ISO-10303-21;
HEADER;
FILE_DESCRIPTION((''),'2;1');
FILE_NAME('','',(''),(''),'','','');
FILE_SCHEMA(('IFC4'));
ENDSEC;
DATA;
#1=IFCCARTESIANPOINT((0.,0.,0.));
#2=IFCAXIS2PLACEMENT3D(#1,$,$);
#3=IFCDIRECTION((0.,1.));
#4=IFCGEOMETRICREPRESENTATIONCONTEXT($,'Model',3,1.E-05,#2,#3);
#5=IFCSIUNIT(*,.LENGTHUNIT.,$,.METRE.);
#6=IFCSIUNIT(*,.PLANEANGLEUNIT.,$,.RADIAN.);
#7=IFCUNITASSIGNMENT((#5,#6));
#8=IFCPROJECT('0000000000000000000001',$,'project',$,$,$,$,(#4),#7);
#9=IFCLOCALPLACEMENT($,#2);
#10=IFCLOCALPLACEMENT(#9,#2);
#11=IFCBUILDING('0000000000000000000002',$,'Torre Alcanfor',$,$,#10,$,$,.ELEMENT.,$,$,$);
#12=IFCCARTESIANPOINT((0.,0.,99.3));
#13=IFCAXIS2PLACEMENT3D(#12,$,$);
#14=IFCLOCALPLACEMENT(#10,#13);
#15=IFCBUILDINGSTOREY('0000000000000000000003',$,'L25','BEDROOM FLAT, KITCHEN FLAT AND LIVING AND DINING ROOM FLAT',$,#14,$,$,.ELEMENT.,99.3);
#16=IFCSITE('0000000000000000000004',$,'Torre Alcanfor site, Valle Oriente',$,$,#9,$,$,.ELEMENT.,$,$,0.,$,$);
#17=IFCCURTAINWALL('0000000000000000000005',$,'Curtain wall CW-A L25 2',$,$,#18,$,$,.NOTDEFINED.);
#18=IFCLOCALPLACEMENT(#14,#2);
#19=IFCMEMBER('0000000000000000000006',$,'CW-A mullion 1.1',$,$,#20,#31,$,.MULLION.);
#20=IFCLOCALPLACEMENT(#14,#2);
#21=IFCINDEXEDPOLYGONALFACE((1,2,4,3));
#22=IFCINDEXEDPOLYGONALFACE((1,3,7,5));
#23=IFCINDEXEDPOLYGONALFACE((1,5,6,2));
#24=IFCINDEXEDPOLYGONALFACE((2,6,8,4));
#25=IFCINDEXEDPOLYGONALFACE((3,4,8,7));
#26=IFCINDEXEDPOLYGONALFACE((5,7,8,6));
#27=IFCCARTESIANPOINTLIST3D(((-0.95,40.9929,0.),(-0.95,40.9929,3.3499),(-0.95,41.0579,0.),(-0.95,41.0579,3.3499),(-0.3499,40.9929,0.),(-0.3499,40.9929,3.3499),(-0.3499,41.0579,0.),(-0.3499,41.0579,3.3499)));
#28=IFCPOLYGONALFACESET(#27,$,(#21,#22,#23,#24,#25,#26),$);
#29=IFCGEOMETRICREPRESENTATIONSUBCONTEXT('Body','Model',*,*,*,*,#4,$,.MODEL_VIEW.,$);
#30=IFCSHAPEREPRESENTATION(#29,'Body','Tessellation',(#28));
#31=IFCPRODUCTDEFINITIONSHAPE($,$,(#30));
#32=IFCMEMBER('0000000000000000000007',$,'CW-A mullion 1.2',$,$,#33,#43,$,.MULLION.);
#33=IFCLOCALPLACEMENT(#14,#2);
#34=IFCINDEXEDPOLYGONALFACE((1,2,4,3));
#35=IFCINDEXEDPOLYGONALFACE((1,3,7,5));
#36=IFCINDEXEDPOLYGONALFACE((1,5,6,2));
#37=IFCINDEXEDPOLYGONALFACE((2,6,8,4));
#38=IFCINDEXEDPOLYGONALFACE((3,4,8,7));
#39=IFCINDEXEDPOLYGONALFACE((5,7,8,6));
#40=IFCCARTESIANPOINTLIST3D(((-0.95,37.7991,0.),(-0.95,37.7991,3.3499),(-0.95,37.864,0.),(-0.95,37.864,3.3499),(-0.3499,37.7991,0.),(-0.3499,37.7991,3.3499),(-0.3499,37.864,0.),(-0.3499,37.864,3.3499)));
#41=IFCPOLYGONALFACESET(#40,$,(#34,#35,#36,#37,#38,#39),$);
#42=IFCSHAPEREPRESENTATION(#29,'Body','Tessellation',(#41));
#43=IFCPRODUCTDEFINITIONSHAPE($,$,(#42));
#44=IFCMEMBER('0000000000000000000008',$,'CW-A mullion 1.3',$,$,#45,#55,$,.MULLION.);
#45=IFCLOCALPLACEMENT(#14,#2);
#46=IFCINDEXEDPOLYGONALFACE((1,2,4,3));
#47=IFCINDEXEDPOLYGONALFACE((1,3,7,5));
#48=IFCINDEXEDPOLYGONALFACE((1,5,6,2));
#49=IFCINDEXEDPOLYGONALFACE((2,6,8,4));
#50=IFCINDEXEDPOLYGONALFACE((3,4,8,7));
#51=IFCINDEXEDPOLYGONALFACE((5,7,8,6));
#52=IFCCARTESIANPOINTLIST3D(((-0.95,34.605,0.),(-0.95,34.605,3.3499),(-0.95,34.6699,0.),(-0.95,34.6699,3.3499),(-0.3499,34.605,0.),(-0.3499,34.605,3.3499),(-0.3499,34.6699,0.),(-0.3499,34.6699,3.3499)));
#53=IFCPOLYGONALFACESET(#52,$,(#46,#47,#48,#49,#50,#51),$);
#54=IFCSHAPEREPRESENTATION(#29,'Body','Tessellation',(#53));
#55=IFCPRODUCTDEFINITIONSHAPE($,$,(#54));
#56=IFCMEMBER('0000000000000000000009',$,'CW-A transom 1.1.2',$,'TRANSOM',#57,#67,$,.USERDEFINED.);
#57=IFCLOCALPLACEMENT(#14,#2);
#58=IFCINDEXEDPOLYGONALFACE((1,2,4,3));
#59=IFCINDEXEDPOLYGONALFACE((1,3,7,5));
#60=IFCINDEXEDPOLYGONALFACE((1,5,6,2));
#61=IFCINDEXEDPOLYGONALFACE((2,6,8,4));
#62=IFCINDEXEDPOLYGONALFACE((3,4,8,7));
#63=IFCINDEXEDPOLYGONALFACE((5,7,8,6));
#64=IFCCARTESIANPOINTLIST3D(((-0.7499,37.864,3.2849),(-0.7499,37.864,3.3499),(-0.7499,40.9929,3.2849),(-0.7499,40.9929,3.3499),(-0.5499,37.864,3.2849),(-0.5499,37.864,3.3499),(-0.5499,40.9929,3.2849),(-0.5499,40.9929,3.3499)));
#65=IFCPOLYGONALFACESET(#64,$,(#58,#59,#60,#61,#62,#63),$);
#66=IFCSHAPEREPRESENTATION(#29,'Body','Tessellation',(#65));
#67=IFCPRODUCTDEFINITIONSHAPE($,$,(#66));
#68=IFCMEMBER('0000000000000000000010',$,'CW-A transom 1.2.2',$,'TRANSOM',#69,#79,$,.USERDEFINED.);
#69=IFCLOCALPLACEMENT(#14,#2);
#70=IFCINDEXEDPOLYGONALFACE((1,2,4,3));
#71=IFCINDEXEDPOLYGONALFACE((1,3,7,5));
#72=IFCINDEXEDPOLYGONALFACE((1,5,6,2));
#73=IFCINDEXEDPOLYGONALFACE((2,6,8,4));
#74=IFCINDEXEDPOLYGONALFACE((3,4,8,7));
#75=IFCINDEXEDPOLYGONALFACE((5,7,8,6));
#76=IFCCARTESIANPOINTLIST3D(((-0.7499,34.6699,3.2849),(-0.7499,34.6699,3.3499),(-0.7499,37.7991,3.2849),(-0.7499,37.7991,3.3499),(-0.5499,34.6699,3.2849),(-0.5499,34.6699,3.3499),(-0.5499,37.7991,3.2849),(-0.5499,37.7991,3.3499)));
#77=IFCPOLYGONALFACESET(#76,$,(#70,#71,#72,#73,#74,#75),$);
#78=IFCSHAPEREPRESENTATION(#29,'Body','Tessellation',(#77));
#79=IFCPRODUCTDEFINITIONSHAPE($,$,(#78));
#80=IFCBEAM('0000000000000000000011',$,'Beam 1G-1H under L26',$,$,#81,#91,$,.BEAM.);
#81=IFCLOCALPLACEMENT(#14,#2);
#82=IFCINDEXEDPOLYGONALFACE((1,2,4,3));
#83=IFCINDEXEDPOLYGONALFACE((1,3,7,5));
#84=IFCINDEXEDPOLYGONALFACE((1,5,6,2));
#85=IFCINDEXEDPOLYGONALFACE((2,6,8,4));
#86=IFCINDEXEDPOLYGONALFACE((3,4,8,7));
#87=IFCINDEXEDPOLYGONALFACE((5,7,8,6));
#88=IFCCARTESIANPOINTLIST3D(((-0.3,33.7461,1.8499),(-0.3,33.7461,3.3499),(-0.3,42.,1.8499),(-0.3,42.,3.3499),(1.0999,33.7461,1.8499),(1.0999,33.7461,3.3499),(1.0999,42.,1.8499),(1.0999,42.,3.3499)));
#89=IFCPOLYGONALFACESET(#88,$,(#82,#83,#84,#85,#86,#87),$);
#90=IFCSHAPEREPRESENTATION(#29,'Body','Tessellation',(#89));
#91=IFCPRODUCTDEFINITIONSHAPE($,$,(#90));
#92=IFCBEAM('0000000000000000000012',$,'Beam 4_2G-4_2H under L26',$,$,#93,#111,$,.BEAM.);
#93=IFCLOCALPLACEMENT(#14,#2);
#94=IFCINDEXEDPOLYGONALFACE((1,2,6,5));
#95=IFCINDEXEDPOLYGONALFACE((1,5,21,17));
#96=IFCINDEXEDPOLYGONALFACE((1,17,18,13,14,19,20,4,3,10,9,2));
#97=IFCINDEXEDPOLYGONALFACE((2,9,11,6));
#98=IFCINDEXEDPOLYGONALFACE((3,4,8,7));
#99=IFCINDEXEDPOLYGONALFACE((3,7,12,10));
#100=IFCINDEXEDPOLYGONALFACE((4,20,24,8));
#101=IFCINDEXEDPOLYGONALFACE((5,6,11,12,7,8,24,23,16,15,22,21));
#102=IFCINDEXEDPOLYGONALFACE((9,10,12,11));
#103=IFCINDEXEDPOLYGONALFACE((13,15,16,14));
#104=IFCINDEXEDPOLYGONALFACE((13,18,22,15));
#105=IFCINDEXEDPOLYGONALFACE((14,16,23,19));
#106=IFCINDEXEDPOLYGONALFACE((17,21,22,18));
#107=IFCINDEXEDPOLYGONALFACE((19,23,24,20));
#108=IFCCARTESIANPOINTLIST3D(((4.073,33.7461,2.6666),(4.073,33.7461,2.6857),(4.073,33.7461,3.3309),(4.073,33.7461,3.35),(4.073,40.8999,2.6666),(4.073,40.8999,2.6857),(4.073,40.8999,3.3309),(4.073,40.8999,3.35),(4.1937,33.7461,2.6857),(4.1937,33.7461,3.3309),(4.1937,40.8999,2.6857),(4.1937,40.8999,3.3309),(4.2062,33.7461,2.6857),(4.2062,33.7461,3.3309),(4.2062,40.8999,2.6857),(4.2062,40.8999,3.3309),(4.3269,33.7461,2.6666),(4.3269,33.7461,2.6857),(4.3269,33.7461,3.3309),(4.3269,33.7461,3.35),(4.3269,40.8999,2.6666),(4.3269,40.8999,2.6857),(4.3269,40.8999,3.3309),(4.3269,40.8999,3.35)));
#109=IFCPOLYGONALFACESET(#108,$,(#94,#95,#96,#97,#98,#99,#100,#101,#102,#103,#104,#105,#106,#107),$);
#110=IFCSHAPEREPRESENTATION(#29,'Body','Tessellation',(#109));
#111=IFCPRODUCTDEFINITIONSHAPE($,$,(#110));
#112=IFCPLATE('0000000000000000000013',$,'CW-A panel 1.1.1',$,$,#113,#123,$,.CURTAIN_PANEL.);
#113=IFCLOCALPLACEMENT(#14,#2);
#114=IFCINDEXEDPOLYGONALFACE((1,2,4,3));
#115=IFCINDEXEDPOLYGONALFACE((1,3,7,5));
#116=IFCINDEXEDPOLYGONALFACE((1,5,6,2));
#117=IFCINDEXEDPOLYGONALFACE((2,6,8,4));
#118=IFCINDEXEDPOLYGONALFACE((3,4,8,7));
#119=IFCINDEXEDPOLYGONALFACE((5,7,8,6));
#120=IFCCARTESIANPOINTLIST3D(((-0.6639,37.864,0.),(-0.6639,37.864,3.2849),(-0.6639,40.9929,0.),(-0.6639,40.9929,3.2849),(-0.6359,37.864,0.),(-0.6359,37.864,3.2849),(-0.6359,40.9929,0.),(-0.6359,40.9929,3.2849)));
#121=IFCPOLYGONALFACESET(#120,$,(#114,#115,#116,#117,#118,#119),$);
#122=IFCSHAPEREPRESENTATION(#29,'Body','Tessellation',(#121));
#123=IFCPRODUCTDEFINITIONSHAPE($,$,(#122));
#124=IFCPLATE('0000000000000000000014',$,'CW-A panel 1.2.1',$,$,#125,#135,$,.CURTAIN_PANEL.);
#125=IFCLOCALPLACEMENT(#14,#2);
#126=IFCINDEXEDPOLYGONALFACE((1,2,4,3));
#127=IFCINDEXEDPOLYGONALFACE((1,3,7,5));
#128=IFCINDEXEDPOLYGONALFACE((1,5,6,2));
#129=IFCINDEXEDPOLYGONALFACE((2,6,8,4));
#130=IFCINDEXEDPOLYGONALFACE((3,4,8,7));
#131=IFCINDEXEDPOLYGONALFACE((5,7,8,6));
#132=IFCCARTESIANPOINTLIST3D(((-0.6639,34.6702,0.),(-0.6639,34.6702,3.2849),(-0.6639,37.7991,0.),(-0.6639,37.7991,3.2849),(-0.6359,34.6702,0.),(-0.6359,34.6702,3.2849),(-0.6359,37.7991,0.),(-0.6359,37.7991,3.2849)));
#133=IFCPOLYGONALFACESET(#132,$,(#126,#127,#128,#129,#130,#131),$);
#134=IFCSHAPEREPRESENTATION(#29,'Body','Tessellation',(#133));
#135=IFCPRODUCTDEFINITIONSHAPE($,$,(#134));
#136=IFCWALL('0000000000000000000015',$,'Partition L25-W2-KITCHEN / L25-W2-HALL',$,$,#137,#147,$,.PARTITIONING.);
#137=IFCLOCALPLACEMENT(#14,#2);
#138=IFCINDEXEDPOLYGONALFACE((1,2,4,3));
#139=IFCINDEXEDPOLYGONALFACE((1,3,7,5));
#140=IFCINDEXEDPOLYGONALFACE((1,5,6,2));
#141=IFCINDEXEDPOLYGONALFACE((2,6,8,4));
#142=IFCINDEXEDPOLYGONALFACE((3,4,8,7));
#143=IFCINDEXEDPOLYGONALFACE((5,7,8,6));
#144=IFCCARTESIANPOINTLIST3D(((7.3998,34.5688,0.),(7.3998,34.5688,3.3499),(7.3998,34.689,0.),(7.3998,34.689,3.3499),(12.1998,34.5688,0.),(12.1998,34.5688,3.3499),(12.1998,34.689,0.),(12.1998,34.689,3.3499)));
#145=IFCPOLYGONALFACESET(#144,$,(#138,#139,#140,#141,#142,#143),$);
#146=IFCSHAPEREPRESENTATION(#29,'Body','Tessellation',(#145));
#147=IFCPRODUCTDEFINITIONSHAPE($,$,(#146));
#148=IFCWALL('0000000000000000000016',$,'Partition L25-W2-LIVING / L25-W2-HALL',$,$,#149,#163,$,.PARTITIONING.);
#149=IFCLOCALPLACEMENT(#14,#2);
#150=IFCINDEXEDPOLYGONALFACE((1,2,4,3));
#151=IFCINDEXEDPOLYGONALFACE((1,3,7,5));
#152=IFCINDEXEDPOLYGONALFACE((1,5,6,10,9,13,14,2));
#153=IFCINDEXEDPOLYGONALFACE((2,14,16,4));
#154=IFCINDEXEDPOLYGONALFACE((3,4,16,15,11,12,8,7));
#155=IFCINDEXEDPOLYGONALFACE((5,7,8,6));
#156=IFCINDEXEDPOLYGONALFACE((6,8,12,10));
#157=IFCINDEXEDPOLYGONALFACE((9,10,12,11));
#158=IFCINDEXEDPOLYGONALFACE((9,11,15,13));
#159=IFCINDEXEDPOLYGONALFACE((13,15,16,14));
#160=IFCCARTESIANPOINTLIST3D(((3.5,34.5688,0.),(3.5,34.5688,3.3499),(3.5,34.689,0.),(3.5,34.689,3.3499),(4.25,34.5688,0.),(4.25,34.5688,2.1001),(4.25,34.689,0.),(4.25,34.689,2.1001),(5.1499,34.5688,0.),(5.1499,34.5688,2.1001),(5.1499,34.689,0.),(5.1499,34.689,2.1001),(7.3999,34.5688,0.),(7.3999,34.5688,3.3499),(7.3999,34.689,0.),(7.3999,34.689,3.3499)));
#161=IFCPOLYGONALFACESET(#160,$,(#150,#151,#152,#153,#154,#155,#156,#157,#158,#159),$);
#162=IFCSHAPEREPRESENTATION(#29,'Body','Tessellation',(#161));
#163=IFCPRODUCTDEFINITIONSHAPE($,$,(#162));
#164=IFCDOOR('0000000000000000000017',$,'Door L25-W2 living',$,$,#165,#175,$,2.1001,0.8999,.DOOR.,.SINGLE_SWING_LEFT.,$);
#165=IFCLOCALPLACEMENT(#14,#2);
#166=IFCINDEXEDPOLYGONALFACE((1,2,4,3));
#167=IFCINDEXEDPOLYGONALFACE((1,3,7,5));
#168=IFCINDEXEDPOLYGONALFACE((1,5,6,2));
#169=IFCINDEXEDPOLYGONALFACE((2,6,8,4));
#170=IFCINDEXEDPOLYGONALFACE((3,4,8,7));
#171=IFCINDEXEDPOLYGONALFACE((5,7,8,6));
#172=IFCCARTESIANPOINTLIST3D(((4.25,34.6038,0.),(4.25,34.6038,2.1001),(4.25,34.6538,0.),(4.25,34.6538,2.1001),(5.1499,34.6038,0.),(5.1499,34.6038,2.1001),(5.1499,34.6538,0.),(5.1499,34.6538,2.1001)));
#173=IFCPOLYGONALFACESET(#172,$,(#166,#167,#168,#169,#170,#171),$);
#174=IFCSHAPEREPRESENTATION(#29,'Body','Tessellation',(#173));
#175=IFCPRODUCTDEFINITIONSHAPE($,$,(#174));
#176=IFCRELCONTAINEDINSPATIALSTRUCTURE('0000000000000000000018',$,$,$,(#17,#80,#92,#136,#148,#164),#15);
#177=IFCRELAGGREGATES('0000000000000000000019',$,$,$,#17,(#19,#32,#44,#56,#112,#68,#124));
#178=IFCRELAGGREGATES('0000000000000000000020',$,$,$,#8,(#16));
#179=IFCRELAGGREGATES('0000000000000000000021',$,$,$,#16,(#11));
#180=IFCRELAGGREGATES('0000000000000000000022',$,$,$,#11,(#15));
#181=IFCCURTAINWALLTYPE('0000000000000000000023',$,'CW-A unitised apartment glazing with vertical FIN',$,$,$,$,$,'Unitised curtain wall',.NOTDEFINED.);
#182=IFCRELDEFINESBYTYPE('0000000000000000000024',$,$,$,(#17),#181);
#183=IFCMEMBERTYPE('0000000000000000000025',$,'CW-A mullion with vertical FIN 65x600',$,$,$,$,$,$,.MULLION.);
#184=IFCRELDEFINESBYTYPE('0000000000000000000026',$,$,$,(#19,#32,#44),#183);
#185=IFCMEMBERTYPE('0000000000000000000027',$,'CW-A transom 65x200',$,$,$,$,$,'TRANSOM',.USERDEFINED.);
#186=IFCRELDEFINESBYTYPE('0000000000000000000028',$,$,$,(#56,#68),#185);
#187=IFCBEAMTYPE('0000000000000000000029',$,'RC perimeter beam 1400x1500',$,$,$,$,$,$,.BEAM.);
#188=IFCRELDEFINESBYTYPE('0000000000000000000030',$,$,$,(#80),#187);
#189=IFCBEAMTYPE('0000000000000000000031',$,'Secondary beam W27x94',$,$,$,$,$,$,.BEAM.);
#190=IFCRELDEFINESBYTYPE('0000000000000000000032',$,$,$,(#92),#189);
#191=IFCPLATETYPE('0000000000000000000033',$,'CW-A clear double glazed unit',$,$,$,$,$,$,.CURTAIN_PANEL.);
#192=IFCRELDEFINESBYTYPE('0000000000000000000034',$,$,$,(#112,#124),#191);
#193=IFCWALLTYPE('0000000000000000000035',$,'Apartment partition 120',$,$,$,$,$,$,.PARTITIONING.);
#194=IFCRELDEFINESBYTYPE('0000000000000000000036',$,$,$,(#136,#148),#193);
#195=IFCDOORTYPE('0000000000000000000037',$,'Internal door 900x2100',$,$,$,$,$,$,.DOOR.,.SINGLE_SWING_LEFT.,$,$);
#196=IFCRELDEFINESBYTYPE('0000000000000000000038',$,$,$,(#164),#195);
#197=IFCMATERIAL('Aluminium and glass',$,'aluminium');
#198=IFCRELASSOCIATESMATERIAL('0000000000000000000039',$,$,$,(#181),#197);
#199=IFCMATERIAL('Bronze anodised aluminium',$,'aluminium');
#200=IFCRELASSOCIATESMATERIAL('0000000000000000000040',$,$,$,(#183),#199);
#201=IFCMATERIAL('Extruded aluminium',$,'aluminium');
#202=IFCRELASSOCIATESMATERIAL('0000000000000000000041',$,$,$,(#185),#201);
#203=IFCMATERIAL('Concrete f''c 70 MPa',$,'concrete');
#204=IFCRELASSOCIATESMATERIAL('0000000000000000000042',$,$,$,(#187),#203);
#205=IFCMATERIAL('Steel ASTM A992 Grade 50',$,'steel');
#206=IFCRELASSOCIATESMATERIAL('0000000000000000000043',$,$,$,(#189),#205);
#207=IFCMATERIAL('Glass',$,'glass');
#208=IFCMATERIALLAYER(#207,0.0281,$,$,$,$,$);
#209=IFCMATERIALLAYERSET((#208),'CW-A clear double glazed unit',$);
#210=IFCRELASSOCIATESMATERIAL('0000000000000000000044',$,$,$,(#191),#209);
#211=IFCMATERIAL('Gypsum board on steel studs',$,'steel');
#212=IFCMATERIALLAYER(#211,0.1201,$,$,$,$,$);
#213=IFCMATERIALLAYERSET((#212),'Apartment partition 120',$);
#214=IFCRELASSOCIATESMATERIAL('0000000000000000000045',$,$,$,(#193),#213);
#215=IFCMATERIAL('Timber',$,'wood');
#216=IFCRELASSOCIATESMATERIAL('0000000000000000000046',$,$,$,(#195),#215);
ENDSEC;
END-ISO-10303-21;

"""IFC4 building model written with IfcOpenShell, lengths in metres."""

from ifc_helpers import new_model, si_unit, direction, frame, frame_2d, origin, origin_2d, place, context, subcontext, project, spatial, rectangle, i_section, extrude, material, layer, layer_set, material_profile, profile_set, type_object, element, fill, aggregate, save


model = new_model("IFC4")

# Units and contexts
model_context = context("Model", 3, precision=1e-05, world=origin(), true_north=direction((0.0, 1.0)))
body_context = subcontext(model_context, "Body", "Model", "MODEL_VIEW")
ifc_project = project(units=[si_unit("LENGTHUNIT", "METRE"), si_unit("PLANEANGLEUNIT", "RADIAN")], contexts=[model_context])

# Site, building, storey
site_placement = place(None, origin())
site = spatial("IfcSite", under=ifc_project, at=site_placement, Name="Torre Alcanfor site, Valle Oriente", CompositionType="ELEMENT", RefElevation=0.0)
building_placement = place(site_placement, origin())
building = spatial("IfcBuilding", under=site, at=building_placement, Name="Torre Alcanfor", CompositionType="ELEMENT")
storey_placement = place(building_placement, frame((0.0, 0.0, 99.3)))
storey = spatial("IfcBuildingStorey", under=building, at=storey_placement, Name="L25", Description="BEDROOM FLAT, KITCHEN FLAT AND LIVING AND DINING ROOM FLAT", CompositionType="ELEMENT", Elevation=99.3)

# Curtain wall, members
ifc_material_1 = material(Name="Aluminium and glass", Category="aluminium")
curtain_wall_type = type_object("IfcCurtainWallType", Name="CW-A unitised apartment glazing with vertical FIN", ElementType="Unitised curtain wall", PredefinedType="NOTDEFINED", material=ifc_material_1)
curtain_wall_placement = place(storey_placement, origin())
curtain_wall = element("IfcCurtainWall", 1, at=curtain_wall_placement, inside=storey, type_object=curtain_wall_type, Name="Curtain wall CW-A L25 2", PredefinedType="NOTDEFINED")
ifc_material_2 = material(Name="Bronze anodised aluminium", Category="aluminium")
ifc_material_profile_1 = material_profile(ifc_material_2, rectangle(XDim=0.6001, YDim=0.0649, at=origin_2d()), Name="CW-A mullion 65x600")
ifc_profile_set_1 = profile_set([ifc_material_profile_1], Name="Bronze anodised aluminium")
member_type_1 = type_object("IfcMemberType", Name="CW-A mullion with vertical FIN 65x600", PredefinedType="MULLION", material=ifc_profile_set_1)
member_1_placement = place(storey_placement, frame((-0.6499, 41.0254, 0.0), z_axis=(0.0, 0.0, 1.0), x_axis=(1.0, 0.0, 0.0)))
member_1 = element("IfcMember", 2, at=member_1_placement, type_object=member_type_1, Name="CW-A mullion 1.1", PredefinedType="MULLION", context=body_context, shape_type="SweptSolid", body=[
    extrude(rectangle(XDim=0.6001, YDim=0.0649, at=origin_2d()), origin(), (0.0, 0.0, 1.0), 3.3499),
])
member_2_placement = place(storey_placement, frame((-0.6499, 37.8315, 0.0), z_axis=(0.0, 0.0, 1.0), x_axis=(1.0, 0.0, 0.0)))
member_2 = element("IfcMember", 3, at=member_2_placement, type_object=member_type_1, Name="CW-A mullion 1.2", PredefinedType="MULLION", context=body_context, shape_type="SweptSolid", body=[
    extrude(rectangle(XDim=0.6001, YDim=0.0649, at=origin_2d()), origin(), (0.0, 0.0, 1.0), 3.3499),
])
member_3_placement = place(storey_placement, frame((-0.6499, 34.6375, 0.0), z_axis=(0.0, 0.0, 1.0), x_axis=(1.0, 0.0, 0.0)))
member_3 = element("IfcMember", 4, at=member_3_placement, type_object=member_type_1, Name="CW-A mullion 1.3", PredefinedType="MULLION", context=body_context, shape_type="SweptSolid", body=[
    extrude(rectangle(XDim=0.6001, YDim=0.0649, at=origin_2d()), origin(), (0.0, 0.0, 1.0), 3.3499),
])
ifc_material_3 = material(Name="Extruded aluminium", Category="aluminium")
ifc_material_profile_2 = material_profile(ifc_material_3, rectangle(XDim=0.2, YDim=0.0649, at=origin_2d()), Name="CW-A transom 200x65")
ifc_profile_set_2 = profile_set([ifc_material_profile_2], Name="Extruded aluminium")
member_type_2 = type_object("IfcMemberType", Name="CW-A transom 65x200", ElementType="TRANSOM", PredefinedType="USERDEFINED", material=ifc_profile_set_2)
member_4_placement = place(storey_placement, frame((-0.6499, 40.9929, 3.3174), z_axis=(0.0, -1.0, 0.0), x_axis=(1.0, 0.0, 0.0)))
member_4 = element("IfcMember", 5, at=member_4_placement, type_object=member_type_2, Name="CW-A transom 1.1.2", ObjectType="TRANSOM", PredefinedType="USERDEFINED", context=body_context, shape_type="SweptSolid", body=[
    extrude(rectangle(XDim=0.2, YDim=0.0649, at=origin_2d()), origin(), (0.0, 0.0, 1.0), 3.1289),
])
member_5_placement = place(storey_placement, frame((-0.6499, 37.7991, 3.3174), z_axis=(0.0, -1.0, 0.0), x_axis=(1.0, 0.0, 0.0)))
member_5 = element("IfcMember", 6, at=member_5_placement, type_object=member_type_2, Name="CW-A transom 1.2.2", ObjectType="TRANSOM", PredefinedType="USERDEFINED", context=body_context, shape_type="SweptSolid", body=[
    extrude(rectangle(XDim=0.2, YDim=0.0649, at=origin_2d()), origin(), (0.0, 0.0, 1.0), 3.1292),
])

# Beams
ifc_material_4 = material(Name="Concrete f'c 70 MPa", Category="concrete")
ifc_material_profile_3 = material_profile(ifc_material_4, rectangle(XDim=1.3999, YDim=1.5, at=origin_2d()), Name="1400x1500")
ifc_profile_set_3 = profile_set([ifc_material_profile_3], Name="Concrete f'c 70 MPa")
beam_type_1 = type_object("IfcBeamType", Name="RC perimeter beam 1400x1500", PredefinedType="BEAM", material=ifc_profile_set_3)
beam_1_placement = place(storey_placement, frame((0.3999, 33.7461, 2.5999), z_axis=(0.0, 1.0, 0.0), x_axis=(-1.0, 0.0, 0.0)))
element("IfcBeam", 7, at=beam_1_placement, inside=storey, type_object=beam_type_1, Name="Beam 1G-1H under L26", PredefinedType="BEAM", context=body_context, shape_type="SweptSolid", body=[
    extrude(rectangle(XDim=1.3999, YDim=1.5, at=origin_2d()), origin(), (0.0, 0.0, 1.0), 8.2539),
])
ifc_material_5 = material(Name="Steel ASTM A992 Grade 50", Category="steel")
ifc_material_profile_4 = material_profile(ifc_material_5, i_section(OverallWidth=0.2539, OverallDepth=0.6833, WebThickness=0.0125, FlangeThickness=0.019, at=origin_2d()), Name="W27x94")
ifc_profile_set_4 = profile_set([ifc_material_profile_4], Name="Steel ASTM A992 Grade 50")
beam_type_2 = type_object("IfcBeamType", Name="Secondary beam W27x94", PredefinedType="BEAM", material=ifc_profile_set_4)
beam_2_placement = place(storey_placement, frame((4.2, 33.7461, 3.0083), z_axis=(0.0, 1.0, 0.0), x_axis=(-1.0, 0.0, 0.0)))
element("IfcBeam", 8, at=beam_2_placement, inside=storey, type_object=beam_type_2, Name="Beam 4_2G-4_2H under L26", PredefinedType="BEAM", context=body_context, shape_type="SweptSolid", body=[
    extrude(i_section(OverallWidth=0.2539, OverallDepth=0.6833, WebThickness=0.0125, FlangeThickness=0.019, at=origin_2d()), origin(), (0.0, 0.0, 1.0), 7.1538),
])

# Plates
ifc_material_6 = material(Name="Glass", Category="glass")
ifc_layer_1 = layer(ifc_material_6, 0.0281)
ifc_layer_set_1 = layer_set([ifc_layer_1], Name="CW-A clear double glazed unit")
plate_type = type_object("IfcPlateType", Name="CW-A clear double glazed unit", PredefinedType="CURTAIN_PANEL", material=ifc_layer_set_1)
plate_1_placement = place(storey_placement, frame((-0.6499, 39.4285, 0.0), z_axis=(0.0, 0.0, 1.0), x_axis=(0.0, -1.0, 0.0)))
plate_1 = element("IfcPlate", 9, at=plate_1_placement, type_object=plate_type, Name="CW-A panel 1.1.1", PredefinedType="CURTAIN_PANEL", context=body_context, shape_type="SweptSolid", body=[
    extrude(rectangle(XDim=3.1289, YDim=0.0281, at=origin_2d()), origin(), (0.0, 0.0, 1.0), 3.2849),
])
plate_2_placement = place(storey_placement, frame((-0.6499, 36.2346, 0.0), z_axis=(0.0, 0.0, 1.0), x_axis=(0.0, -1.0, 0.0)))
plate_2 = element("IfcPlate", 10, at=plate_2_placement, type_object=plate_type, Name="CW-A panel 1.2.1", PredefinedType="CURTAIN_PANEL", context=body_context, shape_type="SweptSolid", body=[
    extrude(rectangle(XDim=3.1289, YDim=0.0281, at=origin_2d()), origin(), (0.0, 0.0, 1.0), 3.2849),
])
aggregate(curtain_wall, [member_1, member_2, member_3, member_4, plate_1, member_5, plate_2])

# Wall
ifc_material_7 = material(Name="Gypsum board on steel studs", Category="steel")
ifc_layer_2 = layer(ifc_material_7, 0.1201)
ifc_layer_set_2 = layer_set([ifc_layer_2], Name="Apartment partition 120")
wall_type_1 = type_object("IfcWallType", Name="Apartment partition 120", PredefinedType="PARTITIONING", material=ifc_layer_set_2)
wall_1_placement = place(storey_placement, frame((7.3999, 34.6289, 0.0), z_axis=(0.0, 0.0, 1.0), x_axis=(1.0, 0.0, 0.0)))
element("IfcWall", 11, at=wall_1_placement, inside=storey, type_object=wall_type_1, Name="Partition L25-W2-KITCHEN / L25-W2-HALL", PredefinedType="PARTITIONING", context=body_context, shape_type="SweptSolid", body=[
    extrude(rectangle(XDim=4.8, YDim=0.1201, at=frame_2d((2.3999, 0.0))), origin(), (0.0, 0.0, 1.0), 3.3499),
])

# Wall, opening, door
wall_2_placement = place(storey_placement, frame((3.5, 34.6289, 0.0), z_axis=(0.0, 0.0, 1.0), x_axis=(1.0, 0.0, 0.0)))
wall_2 = element("IfcWall", 12, at=wall_2_placement, inside=storey, type_object=wall_type_1, Name="Partition L25-W2-LIVING / L25-W2-HALL", PredefinedType="PARTITIONING", context=body_context, shape_type="SweptSolid", body=[
    extrude(rectangle(XDim=3.8999, YDim=0.1201, at=frame_2d((1.95, 0.0))), origin(), (0.0, 0.0, 1.0), 3.3499),
])
opening_1_placement = place(wall_2_placement, frame((0.75, 0.0, 0.0)))
opening_1 = element("IfcOpeningElement", 13, at=opening_1_placement, cuts=wall_2, PredefinedType="OPENING", context=body_context, shape_type="SweptSolid", body=[
    extrude(rectangle(XDim=0.8999, YDim=2.1001, at=frame_2d((0.45, 1.05))), frame((0.0, 0.0701, 0.0), z_axis=(0.0, -1.0, 0.0), x_axis=(1.0, 0.0, 0.0)), (0.0, 0.0, 1.0), 0.1401),
])
ifc_material_8 = material(Name="Timber", Category="wood")
door_type_1 = type_object("IfcDoorType", Name="Internal door 900x2100", OperationType="SINGLE_SWING_LEFT", PredefinedType="DOOR", material=ifc_material_8)
door_1_placement = place(opening_1_placement, frame((0.8999, 0.0, 0.0), z_axis=(0.0, 0.0, 1.0), x_axis=(-1.0, 0.0, 0.0)))
door_1 = element("IfcDoor", 14, at=door_1_placement, inside=storey, type_object=door_type_1, Name="Door L25-W2 living", OperationType="SINGLE_SWING_LEFT", OverallHeight=2.1001, OverallWidth=0.8999, PredefinedType="DOOR", context=body_context, shape_type="SweptSolid", body=[
    extrude(rectangle(XDim=0.8999, YDim=2.1001, at=frame_2d((0.45, 1.05))), frame((0.0, 0.0251, 0.0), z_axis=(0.0, -1.0, 0.0), x_axis=(1.0, 0.0, 0.0)), (0.0, 0.0, 1.0), 0.05),
])
fill(opening_1, door_1)

save(model, "model.ifc")
